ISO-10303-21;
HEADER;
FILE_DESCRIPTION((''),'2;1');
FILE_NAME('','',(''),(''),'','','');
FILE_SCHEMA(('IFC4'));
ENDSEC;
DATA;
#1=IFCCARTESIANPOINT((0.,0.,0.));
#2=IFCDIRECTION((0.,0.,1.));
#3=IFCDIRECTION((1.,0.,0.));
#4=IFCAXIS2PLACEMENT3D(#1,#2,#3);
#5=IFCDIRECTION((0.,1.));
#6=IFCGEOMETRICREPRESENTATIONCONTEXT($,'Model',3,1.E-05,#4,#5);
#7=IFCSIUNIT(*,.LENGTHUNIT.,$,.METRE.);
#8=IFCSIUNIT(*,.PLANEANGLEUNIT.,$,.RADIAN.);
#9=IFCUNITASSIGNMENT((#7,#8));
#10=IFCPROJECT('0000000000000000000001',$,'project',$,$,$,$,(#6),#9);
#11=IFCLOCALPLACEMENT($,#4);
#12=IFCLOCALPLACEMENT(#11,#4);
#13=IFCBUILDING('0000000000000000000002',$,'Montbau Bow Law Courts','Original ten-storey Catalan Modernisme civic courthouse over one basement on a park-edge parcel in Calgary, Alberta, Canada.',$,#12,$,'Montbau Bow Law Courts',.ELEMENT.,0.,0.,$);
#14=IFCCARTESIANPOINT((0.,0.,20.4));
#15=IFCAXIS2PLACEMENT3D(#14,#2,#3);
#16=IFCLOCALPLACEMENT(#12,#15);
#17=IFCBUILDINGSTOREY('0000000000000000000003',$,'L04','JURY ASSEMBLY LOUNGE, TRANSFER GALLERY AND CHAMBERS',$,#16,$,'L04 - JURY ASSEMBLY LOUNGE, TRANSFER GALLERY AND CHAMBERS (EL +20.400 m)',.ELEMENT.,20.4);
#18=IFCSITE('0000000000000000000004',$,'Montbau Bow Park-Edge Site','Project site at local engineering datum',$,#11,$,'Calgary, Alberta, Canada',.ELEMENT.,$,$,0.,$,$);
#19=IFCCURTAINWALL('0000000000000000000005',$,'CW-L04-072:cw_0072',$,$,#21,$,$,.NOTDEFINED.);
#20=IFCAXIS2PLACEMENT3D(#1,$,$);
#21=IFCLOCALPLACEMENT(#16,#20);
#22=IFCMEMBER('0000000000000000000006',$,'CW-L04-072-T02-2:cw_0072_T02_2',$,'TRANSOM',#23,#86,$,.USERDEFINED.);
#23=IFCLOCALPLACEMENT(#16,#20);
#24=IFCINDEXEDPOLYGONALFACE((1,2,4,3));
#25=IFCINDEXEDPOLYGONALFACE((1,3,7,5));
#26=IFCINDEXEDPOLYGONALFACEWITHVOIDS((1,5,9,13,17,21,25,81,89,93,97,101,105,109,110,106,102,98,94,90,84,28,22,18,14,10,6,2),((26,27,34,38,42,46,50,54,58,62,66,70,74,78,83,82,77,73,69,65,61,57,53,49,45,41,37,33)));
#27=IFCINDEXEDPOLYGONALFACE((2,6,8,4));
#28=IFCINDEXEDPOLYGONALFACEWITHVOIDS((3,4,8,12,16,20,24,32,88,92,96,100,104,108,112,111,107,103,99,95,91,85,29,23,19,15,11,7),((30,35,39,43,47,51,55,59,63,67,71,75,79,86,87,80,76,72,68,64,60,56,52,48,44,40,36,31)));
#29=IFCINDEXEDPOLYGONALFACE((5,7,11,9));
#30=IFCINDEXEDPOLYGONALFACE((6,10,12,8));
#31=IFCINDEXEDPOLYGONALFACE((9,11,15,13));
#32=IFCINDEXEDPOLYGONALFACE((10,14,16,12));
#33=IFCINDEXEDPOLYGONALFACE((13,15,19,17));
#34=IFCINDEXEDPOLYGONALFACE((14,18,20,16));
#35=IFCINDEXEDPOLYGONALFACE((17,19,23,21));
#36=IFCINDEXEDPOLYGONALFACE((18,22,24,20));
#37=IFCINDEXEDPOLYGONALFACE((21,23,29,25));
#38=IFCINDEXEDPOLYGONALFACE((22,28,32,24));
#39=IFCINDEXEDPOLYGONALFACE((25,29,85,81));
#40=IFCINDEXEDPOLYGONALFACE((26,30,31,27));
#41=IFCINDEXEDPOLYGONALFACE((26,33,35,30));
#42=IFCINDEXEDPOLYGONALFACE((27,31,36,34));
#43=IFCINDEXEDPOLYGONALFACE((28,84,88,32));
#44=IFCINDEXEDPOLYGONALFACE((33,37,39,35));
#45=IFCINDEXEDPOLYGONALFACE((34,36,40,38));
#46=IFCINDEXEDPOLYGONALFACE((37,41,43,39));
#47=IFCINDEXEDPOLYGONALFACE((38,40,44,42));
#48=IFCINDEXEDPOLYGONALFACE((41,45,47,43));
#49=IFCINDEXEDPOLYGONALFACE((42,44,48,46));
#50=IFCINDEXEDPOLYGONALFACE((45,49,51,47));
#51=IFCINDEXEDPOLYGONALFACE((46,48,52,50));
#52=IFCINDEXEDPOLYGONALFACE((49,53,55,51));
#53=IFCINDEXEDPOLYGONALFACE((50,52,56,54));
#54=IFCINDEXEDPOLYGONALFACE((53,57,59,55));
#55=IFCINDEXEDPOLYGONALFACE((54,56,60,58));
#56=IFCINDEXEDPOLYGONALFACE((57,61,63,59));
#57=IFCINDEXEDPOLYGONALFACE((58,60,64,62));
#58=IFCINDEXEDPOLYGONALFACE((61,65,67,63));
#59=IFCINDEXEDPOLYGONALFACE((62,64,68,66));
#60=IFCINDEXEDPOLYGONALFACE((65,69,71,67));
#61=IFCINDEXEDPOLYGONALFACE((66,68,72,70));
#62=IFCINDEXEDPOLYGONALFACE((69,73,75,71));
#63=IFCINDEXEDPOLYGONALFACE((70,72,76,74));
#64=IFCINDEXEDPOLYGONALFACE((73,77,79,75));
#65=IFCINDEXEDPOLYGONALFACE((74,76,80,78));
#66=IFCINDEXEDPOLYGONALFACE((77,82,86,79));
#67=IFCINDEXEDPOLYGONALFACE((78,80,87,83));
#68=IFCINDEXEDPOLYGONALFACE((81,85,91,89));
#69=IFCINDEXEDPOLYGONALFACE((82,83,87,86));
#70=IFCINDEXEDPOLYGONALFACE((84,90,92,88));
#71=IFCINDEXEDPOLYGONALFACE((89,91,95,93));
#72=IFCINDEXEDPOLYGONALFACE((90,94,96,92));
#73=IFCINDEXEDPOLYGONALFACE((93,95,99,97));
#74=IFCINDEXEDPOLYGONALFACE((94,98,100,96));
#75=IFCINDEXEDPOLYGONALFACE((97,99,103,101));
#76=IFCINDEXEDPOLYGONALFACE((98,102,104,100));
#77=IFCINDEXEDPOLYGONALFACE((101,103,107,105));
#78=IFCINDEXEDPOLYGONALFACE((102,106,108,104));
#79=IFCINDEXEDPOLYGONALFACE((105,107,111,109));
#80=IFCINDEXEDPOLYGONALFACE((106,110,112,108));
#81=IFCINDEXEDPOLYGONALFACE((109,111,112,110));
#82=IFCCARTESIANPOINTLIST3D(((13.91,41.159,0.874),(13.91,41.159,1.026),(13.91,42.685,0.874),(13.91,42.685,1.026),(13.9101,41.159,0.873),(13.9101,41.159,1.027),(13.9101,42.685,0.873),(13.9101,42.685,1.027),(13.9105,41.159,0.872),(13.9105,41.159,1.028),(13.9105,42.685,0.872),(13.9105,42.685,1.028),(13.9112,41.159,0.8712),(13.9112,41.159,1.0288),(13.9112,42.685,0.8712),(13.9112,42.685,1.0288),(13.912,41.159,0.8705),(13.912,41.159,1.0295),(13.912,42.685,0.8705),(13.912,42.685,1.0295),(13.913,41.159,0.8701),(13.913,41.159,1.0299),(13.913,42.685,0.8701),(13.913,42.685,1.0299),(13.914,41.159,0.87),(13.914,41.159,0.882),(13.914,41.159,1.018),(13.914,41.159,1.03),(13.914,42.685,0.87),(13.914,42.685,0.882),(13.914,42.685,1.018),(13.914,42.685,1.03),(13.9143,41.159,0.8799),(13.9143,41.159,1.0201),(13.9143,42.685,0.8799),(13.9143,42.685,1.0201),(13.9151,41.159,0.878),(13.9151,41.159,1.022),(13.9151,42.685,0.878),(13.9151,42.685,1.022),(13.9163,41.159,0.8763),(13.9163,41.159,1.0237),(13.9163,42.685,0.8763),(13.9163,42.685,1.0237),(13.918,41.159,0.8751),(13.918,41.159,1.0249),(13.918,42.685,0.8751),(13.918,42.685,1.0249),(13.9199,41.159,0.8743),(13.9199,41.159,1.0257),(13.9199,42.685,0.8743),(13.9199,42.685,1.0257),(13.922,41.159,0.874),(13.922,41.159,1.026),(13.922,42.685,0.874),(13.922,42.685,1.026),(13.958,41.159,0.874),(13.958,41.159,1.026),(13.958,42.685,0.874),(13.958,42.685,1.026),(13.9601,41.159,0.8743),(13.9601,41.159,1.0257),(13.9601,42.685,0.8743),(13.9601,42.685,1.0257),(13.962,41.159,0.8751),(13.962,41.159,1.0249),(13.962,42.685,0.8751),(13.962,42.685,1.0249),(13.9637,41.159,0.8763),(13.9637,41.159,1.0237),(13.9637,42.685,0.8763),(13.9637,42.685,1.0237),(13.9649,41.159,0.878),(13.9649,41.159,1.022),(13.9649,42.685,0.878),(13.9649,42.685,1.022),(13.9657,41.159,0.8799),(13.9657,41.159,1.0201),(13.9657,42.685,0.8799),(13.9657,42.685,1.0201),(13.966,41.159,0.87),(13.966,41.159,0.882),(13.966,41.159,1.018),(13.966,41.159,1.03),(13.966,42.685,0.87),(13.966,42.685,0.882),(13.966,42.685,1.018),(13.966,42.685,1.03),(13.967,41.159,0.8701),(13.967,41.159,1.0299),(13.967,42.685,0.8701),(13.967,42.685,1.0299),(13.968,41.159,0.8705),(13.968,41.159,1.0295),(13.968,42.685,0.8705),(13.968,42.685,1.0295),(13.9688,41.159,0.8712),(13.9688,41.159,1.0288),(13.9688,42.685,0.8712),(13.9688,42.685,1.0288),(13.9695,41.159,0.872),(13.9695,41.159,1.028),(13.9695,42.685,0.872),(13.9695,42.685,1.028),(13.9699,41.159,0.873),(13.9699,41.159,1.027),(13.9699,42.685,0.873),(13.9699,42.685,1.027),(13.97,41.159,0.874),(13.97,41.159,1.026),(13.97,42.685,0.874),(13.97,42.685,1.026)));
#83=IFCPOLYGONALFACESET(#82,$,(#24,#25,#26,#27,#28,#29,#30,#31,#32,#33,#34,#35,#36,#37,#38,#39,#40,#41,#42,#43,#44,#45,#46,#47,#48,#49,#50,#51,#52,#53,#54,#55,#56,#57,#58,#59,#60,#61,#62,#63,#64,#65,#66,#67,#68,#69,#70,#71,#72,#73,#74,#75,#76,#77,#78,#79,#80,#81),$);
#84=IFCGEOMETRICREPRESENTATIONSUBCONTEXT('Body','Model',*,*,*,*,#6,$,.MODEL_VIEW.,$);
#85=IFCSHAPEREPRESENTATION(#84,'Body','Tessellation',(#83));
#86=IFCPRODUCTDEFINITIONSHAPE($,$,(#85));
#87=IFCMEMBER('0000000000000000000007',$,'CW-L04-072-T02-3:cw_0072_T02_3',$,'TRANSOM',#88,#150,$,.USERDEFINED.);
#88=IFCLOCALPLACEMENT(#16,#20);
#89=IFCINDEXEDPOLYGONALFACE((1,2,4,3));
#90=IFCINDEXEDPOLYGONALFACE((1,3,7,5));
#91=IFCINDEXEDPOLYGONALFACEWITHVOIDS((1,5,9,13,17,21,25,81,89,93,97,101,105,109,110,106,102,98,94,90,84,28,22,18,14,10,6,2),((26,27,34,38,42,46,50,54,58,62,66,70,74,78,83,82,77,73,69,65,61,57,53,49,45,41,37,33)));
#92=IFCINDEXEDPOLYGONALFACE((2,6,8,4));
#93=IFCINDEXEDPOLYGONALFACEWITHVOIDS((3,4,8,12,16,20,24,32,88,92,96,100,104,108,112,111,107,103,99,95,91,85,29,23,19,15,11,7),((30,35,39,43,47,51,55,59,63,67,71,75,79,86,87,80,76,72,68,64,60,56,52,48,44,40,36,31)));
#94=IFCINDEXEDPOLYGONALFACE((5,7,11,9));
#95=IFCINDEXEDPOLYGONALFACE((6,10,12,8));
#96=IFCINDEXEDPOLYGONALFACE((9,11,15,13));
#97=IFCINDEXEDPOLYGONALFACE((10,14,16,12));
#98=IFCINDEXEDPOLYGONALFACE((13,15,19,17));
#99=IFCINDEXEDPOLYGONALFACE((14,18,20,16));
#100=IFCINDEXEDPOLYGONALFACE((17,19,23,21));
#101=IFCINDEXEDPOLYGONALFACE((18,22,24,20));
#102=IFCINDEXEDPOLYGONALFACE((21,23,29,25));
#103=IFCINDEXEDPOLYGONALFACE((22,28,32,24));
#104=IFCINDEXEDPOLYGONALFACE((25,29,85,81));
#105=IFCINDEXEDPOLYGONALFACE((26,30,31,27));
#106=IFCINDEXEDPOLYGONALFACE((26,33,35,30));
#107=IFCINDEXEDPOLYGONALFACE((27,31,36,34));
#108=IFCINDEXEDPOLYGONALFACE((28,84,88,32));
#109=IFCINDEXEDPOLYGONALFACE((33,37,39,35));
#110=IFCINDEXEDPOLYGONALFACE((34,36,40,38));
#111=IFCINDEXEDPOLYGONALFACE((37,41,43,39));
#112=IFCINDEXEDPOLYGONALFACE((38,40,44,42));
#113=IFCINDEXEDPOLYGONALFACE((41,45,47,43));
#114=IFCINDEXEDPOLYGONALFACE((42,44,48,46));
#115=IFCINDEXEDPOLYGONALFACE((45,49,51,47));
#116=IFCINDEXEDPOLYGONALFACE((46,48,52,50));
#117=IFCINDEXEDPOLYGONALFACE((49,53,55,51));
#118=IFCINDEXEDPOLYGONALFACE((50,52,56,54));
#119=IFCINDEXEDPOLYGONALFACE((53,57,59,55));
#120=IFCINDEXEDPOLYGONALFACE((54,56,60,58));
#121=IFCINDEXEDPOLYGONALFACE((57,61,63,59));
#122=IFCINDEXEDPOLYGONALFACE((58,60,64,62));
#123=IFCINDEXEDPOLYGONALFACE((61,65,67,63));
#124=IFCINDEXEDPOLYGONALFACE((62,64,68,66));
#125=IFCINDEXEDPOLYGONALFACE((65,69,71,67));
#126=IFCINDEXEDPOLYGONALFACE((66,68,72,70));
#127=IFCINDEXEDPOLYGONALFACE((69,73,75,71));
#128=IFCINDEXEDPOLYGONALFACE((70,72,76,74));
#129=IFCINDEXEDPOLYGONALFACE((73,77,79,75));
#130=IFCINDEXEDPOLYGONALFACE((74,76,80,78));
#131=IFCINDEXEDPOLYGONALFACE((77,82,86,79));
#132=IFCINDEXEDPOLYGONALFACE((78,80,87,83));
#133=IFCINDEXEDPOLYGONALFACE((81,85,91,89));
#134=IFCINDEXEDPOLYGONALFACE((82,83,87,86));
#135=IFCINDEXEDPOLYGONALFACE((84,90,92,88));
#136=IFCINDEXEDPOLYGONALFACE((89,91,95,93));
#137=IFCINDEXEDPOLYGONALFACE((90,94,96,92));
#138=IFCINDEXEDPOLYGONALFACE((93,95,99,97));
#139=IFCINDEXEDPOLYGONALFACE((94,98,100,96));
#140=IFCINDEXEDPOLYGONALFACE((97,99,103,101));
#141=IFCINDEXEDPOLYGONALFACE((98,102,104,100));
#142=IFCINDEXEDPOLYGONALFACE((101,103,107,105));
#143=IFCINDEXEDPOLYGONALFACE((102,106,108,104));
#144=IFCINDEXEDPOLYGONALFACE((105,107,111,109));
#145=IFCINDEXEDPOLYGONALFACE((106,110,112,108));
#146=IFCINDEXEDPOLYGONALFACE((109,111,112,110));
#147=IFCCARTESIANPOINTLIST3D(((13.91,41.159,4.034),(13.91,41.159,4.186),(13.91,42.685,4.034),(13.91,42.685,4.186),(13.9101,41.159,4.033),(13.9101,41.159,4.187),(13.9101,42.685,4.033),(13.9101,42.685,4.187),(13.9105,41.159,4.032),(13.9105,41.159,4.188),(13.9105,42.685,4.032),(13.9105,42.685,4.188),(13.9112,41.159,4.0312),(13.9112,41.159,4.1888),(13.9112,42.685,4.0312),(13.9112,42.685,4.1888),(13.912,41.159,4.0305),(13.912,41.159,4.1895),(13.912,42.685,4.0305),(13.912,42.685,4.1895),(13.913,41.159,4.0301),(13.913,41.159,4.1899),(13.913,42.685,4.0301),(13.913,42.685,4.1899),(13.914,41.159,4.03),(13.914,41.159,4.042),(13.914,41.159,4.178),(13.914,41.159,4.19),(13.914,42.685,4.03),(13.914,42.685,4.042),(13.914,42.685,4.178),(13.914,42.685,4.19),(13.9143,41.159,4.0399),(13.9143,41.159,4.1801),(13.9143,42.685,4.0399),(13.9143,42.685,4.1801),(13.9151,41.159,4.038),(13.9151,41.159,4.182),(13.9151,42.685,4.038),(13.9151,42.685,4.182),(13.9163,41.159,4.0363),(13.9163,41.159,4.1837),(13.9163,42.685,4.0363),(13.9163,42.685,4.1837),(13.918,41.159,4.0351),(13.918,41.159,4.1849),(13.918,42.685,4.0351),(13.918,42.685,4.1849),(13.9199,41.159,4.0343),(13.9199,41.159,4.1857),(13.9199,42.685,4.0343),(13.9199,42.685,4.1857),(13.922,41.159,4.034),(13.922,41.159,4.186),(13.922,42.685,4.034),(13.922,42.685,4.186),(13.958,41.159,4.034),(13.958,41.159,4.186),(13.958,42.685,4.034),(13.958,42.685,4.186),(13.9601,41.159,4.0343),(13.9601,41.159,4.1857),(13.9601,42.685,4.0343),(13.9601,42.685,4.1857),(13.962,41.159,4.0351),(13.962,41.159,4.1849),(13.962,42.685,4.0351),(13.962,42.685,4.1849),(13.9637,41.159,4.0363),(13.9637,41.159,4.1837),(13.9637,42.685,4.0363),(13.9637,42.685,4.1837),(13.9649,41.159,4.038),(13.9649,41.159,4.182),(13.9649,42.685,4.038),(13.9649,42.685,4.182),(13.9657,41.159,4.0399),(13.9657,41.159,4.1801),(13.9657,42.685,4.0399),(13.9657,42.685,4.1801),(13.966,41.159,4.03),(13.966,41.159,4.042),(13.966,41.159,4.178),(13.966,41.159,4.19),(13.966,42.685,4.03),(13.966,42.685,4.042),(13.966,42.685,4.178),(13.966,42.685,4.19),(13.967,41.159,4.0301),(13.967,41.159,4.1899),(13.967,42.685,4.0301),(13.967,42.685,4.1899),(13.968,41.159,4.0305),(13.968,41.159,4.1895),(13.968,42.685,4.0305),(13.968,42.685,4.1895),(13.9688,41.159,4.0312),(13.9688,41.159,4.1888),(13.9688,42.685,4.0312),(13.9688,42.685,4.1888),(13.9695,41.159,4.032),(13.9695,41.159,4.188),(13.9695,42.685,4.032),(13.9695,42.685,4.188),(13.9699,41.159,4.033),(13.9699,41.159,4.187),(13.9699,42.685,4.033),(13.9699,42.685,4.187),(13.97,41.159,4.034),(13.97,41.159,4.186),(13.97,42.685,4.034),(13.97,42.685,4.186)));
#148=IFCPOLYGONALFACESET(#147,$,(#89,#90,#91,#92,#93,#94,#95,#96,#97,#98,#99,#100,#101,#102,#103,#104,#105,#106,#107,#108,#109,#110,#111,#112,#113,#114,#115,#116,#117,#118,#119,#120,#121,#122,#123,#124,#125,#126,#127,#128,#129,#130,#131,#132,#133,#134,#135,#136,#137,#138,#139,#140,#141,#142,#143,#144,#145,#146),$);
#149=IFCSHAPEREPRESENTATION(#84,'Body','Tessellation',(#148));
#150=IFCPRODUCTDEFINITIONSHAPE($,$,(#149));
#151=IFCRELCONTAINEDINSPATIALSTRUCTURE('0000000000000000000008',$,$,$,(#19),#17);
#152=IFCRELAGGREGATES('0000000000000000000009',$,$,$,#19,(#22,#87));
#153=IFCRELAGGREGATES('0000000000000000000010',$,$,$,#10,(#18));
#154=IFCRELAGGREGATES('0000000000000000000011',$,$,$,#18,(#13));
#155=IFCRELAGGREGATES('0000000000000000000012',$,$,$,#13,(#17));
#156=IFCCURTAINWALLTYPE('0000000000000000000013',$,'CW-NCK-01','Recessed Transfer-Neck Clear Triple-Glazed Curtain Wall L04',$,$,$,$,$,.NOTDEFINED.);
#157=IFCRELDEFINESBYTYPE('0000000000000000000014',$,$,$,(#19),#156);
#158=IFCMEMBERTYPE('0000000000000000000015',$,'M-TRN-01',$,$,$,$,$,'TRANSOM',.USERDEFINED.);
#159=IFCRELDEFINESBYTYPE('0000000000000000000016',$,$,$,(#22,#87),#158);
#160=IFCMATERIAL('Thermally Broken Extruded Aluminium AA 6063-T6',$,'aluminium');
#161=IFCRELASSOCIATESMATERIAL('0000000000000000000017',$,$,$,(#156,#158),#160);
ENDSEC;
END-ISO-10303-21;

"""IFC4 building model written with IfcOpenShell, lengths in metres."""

from ifc_helpers import new_model, si_unit, direction, frame, origin_with_axes, origin_2d_with_axis, place, context, subcontext, project, spatial, hollow_rectangle, extrude, material, material_profile, profile_set, type_object, element, aggregate, save


model = new_model("IFC4")

# Units and contexts
model_context = context("Model", 3, precision=1e-05, world=origin_with_axes(), true_north=direction((0.0, 1.0)))
body_context = subcontext(model_context, "Body", "Model", "MODEL_VIEW")
ifc_project = project(units=[si_unit("LENGTHUNIT", "METRE"), si_unit("PLANEANGLEUNIT", "RADIAN")], contexts=[model_context])

# Site, building, storey
site_placement = place(None, origin_with_axes())
site = spatial("IfcSite", under=ifc_project, at=site_placement, Name="Montbau Bow Park-Edge Site", Description="Project site at local engineering datum", LongName="Calgary, Alberta, Canada", CompositionType="ELEMENT", RefElevation=0.0)
building_placement = place(site_placement, origin_with_axes())
building = spatial("IfcBuilding", under=site, at=building_placement, Name="Montbau Bow Law Courts", Description="Original ten-storey Catalan Modernisme civic courthouse over one basement on a park-edge parcel in Calgary, Alberta, Canada.", LongName="Montbau Bow Law Courts", CompositionType="ELEMENT", ElevationOfRefHeight=0.0, ElevationOfTerrain=0.0)
storey_placement = place(building_placement, frame((0.0, 0.0, 20.4), z_axis=(0.0, 0.0, 1.0), x_axis=(1.0, 0.0, 0.0)))
storey = spatial("IfcBuildingStorey", under=building, at=storey_placement, Name="L04", Description="JURY ASSEMBLY LOUNGE, TRANSFER GALLERY AND CHAMBERS", LongName="L04 - JURY ASSEMBLY LOUNGE, TRANSFER GALLERY AND CHAMBERS (EL +20.400 m)", CompositionType="ELEMENT", Elevation=20.4)

# Curtain wall, members
ifc_material_1 = material(Name="Thermally Broken Extruded Aluminium AA 6063-T6", Category="aluminium")
curtain_wall_type = type_object("IfcCurtainWallType", Name="CW-NCK-01", Description="Recessed Transfer-Neck Clear Triple-Glazed Curtain Wall L04", PredefinedType="NOTDEFINED", material=ifc_material_1)
curtain_wall_placement = place(None, frame((13.94, 39.515, 20.4), z_axis=(0.0, 0.0, 1.0), x_axis=(1.0, 0.0, 0.0)))
curtain_wall = element("IfcCurtainWall", 1, at=curtain_wall_placement, inside=storey, type_object=curtain_wall_type, Name="CW-L04-072:cw_0072", PredefinedType="NOTDEFINED")
ifc_material_profile_1 = material_profile(ifc_material_1, hollow_rectangle(XDim=0.06, YDim=0.16, WallThickness=0.004, InnerFilletRadius=0.008, OuterFilletRadius=0.004, at=origin_2d_with_axis()), Name="CWT-160X60", Category="Main", Priority=0)
ifc_profile_set_1 = profile_set([ifc_material_profile_1], Name="Thermally Broken Extruded Aluminium AA 6063-T6")
member_type_1 = type_object("IfcMemberType", Name="M-TRN-01", ElementType="TRANSOM", PredefinedType="USERDEFINED", material=ifc_profile_set_1)
member_1_placement = place(None, frame((13.94, 41.159, 21.35), z_axis=(0.0, 1.0, 0.0), x_axis=(-1.0, 0.0, 0.0)))
member_1 = element("IfcMember", 2, at=member_1_placement, type_object=member_type_1, Name="CW-L04-072-T02-2:cw_0072_T02_2", ObjectType="TRANSOM", PredefinedType="USERDEFINED", context=body_context, shape_type="SweptSolid", body=[
    extrude(hollow_rectangle(XDim=0.06, YDim=0.16, WallThickness=0.004, InnerFilletRadius=0.008, OuterFilletRadius=0.004, at=origin_2d_with_axis()), origin_with_axes(), (0.0, 0.0, 1.0), 1.526),
])
member_2_placement = place(None, frame((13.94, 41.159, 24.51), z_axis=(0.0, 1.0, 0.0), x_axis=(-1.0, 0.0, 0.0)))
member_2 = element("IfcMember", 3, at=member_2_placement, type_object=member_type_1, Name="CW-L04-072-T02-3:cw_0072_T02_3", ObjectType="TRANSOM", PredefinedType="USERDEFINED", context=body_context, shape_type="SweptSolid", body=[
    extrude(hollow_rectangle(XDim=0.06, YDim=0.16, WallThickness=0.004, InnerFilletRadius=0.008, OuterFilletRadius=0.004, at=origin_2d_with_axis()), origin_with_axes(), (0.0, 0.0, 1.0), 1.526),
])
aggregate(curtain_wall, [member_1, member_2])

save(model, "model.ifc")
